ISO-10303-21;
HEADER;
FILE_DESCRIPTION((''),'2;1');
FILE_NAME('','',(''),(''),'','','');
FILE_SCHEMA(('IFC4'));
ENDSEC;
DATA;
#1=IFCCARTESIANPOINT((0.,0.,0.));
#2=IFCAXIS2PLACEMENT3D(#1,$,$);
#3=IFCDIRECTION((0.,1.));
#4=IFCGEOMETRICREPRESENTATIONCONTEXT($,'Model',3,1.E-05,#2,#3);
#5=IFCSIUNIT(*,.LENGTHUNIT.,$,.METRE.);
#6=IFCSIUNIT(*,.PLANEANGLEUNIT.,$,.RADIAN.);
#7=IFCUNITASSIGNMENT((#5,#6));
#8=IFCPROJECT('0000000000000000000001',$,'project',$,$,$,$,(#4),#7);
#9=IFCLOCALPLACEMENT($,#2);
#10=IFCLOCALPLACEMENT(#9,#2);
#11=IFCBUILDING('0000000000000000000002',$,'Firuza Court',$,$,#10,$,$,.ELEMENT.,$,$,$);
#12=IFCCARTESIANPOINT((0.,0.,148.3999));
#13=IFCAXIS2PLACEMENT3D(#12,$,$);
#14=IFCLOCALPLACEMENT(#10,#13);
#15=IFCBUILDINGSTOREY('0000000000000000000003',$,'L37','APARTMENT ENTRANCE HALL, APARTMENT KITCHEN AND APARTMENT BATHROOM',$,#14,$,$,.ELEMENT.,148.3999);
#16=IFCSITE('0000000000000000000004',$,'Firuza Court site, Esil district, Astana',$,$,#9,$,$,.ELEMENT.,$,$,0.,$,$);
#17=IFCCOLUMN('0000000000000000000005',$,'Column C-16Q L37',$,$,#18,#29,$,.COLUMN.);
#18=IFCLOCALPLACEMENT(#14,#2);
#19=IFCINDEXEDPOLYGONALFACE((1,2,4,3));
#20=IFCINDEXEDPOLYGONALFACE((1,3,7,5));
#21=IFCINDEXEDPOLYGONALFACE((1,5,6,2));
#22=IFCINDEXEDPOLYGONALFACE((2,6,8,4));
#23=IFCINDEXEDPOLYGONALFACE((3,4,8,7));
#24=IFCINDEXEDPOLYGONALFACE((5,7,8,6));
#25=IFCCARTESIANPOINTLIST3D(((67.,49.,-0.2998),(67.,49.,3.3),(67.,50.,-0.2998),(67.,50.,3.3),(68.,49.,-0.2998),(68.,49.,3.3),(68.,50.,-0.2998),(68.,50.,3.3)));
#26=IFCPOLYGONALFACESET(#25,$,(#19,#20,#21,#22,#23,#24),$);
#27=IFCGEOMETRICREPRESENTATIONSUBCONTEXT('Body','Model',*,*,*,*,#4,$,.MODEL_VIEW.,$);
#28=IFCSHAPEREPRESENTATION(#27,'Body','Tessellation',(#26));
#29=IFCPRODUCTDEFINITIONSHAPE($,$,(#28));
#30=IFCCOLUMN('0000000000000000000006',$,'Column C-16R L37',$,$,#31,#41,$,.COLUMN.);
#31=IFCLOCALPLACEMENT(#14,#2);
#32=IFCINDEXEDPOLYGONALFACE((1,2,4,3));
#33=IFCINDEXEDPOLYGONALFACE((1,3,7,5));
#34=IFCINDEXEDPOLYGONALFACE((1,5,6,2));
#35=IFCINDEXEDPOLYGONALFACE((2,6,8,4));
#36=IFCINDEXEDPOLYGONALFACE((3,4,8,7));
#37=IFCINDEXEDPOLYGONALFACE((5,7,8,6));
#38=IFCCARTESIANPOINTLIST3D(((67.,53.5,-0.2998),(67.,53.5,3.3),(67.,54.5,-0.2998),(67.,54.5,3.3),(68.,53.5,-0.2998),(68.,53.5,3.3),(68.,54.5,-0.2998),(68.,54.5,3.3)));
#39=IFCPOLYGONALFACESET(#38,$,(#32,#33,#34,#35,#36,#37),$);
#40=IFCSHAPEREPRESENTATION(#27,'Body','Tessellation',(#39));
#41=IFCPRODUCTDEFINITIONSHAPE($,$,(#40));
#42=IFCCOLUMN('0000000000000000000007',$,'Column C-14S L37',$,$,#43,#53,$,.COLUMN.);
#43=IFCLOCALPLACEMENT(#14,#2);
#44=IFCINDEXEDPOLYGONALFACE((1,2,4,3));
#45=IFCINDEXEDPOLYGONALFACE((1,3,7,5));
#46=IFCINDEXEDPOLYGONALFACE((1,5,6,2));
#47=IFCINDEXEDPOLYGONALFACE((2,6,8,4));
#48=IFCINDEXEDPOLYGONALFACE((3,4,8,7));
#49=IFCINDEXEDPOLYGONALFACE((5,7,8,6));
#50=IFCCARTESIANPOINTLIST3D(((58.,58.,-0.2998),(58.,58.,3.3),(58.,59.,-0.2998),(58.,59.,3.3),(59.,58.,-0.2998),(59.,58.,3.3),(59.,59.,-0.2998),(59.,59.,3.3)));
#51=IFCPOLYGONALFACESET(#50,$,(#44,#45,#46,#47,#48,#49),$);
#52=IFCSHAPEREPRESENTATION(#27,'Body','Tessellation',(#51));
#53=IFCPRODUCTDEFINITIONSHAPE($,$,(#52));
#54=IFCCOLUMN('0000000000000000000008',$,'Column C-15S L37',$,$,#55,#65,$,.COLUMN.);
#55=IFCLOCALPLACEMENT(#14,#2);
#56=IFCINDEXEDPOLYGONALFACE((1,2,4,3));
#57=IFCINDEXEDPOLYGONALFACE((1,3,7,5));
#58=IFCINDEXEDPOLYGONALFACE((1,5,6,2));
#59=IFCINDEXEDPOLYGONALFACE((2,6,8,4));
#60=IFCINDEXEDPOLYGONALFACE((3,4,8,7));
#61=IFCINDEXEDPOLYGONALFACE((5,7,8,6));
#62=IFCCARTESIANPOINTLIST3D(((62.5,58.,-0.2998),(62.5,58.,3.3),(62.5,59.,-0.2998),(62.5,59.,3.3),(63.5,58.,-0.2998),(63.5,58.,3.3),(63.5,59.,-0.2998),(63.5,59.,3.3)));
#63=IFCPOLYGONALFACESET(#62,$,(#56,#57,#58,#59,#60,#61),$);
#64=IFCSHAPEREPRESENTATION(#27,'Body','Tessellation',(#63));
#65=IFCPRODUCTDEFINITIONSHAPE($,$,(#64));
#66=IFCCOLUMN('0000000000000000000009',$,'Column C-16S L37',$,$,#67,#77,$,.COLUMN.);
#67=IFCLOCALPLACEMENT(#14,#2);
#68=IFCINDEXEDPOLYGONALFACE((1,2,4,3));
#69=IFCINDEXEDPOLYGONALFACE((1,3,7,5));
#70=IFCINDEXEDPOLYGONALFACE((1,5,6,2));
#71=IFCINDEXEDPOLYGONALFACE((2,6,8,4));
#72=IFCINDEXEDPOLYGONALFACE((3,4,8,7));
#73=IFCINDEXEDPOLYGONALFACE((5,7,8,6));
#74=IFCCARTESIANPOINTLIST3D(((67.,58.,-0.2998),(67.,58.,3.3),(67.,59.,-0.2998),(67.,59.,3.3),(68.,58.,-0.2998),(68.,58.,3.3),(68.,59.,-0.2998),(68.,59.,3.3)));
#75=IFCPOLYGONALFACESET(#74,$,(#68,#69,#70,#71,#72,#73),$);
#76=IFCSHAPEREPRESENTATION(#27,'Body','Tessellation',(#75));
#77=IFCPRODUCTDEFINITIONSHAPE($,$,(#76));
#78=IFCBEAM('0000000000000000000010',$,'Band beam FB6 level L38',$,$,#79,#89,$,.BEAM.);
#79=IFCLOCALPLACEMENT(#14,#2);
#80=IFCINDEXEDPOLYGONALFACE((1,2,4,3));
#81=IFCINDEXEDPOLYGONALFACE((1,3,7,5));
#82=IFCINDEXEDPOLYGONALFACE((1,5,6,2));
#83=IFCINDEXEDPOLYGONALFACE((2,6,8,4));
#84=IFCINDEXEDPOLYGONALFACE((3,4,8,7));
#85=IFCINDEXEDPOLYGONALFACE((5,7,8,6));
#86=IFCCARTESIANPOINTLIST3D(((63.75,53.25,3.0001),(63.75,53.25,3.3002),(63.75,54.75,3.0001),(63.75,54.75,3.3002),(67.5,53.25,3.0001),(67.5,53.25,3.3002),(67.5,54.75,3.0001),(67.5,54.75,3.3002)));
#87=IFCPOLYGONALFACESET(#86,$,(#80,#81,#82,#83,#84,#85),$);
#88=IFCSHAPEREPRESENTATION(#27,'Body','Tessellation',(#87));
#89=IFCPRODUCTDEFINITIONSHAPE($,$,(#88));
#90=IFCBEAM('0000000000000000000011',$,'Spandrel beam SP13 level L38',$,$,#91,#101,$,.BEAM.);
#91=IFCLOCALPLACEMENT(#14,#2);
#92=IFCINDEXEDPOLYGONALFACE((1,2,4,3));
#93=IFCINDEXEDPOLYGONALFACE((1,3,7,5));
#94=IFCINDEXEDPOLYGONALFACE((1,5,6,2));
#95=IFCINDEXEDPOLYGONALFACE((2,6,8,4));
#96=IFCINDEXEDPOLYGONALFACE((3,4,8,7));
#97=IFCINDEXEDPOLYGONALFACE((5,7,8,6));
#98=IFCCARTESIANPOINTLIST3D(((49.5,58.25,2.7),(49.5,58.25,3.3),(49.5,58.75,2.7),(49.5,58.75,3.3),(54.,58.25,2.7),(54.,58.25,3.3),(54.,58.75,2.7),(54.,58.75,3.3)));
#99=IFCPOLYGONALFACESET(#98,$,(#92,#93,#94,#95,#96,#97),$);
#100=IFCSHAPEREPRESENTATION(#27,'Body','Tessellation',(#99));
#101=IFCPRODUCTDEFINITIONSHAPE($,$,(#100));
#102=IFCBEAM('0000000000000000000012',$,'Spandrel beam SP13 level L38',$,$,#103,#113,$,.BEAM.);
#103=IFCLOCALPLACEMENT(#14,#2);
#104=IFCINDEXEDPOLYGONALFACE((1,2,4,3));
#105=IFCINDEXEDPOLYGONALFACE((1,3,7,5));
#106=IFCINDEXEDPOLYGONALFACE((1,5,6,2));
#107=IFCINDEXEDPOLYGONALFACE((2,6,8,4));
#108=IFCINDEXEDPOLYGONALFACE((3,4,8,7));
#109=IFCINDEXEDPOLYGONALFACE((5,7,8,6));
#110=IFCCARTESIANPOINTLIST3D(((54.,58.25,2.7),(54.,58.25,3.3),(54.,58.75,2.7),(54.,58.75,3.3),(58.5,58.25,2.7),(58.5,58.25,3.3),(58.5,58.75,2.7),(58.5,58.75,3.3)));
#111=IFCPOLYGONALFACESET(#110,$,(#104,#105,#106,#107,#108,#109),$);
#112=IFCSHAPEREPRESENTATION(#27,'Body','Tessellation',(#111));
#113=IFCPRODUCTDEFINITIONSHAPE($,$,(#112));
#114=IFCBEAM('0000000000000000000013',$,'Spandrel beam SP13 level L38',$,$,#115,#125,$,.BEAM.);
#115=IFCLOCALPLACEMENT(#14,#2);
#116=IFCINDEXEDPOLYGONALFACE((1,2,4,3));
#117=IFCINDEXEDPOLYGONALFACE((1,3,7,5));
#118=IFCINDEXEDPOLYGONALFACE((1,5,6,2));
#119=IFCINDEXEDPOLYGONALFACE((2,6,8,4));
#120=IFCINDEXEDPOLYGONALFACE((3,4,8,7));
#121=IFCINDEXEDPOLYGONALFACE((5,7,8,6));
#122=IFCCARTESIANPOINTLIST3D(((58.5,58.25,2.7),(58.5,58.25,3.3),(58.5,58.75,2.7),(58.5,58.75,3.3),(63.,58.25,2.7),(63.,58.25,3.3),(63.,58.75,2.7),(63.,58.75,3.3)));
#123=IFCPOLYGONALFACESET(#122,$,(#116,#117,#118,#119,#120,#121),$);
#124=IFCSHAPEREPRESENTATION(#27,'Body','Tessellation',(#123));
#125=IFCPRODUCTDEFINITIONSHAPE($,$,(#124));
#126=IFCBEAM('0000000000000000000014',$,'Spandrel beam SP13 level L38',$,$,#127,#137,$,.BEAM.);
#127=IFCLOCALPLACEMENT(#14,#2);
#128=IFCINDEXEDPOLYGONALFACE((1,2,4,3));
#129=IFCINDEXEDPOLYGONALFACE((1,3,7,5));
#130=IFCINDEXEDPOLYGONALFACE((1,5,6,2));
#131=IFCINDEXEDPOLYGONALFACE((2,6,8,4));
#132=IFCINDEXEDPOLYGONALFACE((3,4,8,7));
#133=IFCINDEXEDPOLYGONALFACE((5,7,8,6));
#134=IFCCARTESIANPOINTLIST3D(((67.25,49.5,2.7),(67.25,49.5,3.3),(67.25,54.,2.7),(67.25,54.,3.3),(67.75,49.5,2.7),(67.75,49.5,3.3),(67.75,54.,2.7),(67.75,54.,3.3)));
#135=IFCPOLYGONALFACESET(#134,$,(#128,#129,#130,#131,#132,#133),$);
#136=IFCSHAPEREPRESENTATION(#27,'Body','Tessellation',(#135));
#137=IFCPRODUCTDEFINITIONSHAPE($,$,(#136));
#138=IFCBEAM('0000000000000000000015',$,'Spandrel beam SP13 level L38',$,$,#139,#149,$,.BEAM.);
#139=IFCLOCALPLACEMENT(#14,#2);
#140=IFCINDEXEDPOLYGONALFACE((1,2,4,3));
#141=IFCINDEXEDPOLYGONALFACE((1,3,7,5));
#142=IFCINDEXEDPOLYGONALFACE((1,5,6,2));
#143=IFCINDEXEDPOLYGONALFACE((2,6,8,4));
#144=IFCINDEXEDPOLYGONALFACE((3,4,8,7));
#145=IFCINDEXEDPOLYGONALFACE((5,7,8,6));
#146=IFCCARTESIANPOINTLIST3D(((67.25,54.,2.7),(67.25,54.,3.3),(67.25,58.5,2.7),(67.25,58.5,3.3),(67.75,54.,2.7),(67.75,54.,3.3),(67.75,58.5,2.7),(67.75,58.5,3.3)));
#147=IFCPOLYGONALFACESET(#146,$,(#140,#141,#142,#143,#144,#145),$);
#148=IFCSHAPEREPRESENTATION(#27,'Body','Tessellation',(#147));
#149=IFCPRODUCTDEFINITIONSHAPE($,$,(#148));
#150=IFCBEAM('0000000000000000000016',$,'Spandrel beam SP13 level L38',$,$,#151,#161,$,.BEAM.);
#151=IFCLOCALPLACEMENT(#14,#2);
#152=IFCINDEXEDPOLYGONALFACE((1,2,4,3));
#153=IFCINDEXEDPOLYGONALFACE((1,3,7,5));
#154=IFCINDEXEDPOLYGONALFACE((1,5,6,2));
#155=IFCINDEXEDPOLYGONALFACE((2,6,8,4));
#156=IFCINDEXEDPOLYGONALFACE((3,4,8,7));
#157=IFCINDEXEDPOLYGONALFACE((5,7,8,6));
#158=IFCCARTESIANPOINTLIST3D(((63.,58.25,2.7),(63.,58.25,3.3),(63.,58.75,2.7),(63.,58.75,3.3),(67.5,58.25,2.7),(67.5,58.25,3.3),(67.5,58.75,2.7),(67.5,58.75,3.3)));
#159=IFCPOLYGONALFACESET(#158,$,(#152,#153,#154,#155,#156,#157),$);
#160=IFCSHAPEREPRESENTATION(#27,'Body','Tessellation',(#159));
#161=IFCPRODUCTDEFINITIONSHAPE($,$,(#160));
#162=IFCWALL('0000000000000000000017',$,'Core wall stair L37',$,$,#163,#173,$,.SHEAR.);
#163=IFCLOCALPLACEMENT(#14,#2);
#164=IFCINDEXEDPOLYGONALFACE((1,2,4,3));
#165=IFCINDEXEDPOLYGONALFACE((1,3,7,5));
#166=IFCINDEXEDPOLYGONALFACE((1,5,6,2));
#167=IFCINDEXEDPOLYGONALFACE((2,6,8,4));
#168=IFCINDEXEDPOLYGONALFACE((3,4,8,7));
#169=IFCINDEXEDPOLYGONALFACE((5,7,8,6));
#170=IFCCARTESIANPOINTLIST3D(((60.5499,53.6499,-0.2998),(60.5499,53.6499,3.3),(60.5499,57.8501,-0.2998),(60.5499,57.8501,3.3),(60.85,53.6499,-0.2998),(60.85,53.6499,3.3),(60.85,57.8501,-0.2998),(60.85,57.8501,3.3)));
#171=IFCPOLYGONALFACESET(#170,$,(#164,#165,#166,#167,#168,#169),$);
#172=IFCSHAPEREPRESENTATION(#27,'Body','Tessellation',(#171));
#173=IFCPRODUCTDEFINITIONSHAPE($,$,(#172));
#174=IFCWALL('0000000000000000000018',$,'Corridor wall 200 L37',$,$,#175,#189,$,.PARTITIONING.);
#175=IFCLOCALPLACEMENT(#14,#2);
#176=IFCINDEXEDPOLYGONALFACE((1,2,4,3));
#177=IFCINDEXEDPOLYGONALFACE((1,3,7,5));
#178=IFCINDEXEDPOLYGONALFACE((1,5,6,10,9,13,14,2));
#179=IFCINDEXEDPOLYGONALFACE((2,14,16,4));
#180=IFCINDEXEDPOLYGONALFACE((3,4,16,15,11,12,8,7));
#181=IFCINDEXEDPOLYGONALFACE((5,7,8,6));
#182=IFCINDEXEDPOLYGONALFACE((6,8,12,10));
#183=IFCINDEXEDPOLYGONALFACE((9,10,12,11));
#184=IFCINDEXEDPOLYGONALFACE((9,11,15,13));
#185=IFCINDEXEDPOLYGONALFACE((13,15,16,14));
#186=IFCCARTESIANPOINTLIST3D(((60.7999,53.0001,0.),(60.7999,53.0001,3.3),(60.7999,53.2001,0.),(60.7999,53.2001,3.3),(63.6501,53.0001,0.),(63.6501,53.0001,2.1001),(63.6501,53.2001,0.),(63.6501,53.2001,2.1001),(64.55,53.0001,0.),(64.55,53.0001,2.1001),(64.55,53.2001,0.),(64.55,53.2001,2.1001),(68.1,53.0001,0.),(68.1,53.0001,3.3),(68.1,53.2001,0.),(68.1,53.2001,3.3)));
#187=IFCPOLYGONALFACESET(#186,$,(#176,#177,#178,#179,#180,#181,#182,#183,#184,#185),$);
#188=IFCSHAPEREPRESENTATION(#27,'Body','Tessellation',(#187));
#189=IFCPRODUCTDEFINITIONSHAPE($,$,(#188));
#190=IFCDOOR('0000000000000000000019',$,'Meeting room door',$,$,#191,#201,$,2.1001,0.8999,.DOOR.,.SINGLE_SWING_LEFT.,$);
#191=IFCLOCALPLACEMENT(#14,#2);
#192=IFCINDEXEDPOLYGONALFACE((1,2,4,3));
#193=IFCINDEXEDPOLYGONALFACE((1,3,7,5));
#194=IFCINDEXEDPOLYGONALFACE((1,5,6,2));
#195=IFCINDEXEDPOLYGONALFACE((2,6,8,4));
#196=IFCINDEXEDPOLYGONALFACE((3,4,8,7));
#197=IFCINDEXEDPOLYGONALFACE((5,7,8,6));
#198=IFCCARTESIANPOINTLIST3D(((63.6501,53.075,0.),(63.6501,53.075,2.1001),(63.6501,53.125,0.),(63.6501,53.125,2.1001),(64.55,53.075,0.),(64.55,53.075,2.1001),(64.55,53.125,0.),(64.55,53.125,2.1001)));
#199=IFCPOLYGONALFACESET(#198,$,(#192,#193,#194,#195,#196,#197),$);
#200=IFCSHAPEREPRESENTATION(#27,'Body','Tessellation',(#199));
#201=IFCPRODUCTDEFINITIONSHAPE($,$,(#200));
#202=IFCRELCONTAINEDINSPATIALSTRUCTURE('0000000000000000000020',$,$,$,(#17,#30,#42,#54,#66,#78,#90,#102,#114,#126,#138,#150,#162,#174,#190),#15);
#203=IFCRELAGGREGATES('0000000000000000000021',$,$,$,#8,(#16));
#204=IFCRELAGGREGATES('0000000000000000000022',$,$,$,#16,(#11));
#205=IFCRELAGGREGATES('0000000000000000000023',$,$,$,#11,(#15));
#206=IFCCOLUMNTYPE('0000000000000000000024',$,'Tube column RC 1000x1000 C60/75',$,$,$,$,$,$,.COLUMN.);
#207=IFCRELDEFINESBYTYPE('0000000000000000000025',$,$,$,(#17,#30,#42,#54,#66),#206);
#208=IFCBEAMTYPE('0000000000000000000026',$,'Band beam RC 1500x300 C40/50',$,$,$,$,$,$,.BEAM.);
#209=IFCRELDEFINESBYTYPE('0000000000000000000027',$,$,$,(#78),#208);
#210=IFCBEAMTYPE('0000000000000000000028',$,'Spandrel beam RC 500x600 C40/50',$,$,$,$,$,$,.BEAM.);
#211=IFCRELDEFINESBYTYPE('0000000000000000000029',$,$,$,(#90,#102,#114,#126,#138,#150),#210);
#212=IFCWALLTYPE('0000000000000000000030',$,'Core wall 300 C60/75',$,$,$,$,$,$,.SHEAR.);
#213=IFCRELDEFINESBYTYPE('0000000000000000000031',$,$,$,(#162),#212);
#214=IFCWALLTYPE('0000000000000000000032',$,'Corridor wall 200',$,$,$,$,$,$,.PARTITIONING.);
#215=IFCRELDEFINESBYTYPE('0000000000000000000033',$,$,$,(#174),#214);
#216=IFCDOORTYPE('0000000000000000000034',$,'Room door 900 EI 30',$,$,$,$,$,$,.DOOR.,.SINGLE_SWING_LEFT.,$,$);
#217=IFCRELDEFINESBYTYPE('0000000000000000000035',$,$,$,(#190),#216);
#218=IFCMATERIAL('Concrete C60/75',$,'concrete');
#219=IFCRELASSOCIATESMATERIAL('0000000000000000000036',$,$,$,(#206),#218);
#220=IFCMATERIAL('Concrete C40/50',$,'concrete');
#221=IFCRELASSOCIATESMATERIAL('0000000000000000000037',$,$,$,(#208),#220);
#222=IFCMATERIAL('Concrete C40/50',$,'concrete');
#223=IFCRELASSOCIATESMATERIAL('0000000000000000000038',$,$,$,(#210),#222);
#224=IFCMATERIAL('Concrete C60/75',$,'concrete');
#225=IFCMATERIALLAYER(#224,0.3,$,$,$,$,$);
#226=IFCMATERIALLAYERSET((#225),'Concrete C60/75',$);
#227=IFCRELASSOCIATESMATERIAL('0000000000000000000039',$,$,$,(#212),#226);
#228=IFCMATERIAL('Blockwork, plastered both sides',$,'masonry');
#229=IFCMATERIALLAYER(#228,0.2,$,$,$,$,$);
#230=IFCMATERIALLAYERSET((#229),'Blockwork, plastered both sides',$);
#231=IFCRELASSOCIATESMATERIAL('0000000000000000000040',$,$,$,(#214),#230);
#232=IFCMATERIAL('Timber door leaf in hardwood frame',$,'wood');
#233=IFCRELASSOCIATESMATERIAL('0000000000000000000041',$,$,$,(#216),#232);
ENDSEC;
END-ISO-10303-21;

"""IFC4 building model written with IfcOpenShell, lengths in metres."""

from ifc_helpers import new_model, si_unit, direction, frame, frame_2d, origin, origin_2d, place, context, subcontext, project, spatial, rectangle, extrude, material, layer, layer_set, material_profile, profile_set, type_object, element, fill, save


model = new_model("IFC4")

# Units and contexts
model_context = context("Model", 3, precision=1e-05, world=origin(), true_north=direction((0.0, 1.0)))
body_context = subcontext(model_context, "Body", "Model", "MODEL_VIEW")
ifc_project = project(units=[si_unit("LENGTHUNIT", "METRE"), si_unit("PLANEANGLEUNIT", "RADIAN")], contexts=[model_context])

# Site, building, storey
site_placement = place(None, origin())
site = spatial("IfcSite", under=ifc_project, at=site_placement, Name="Firuza Court site, Esil district, Astana", CompositionType="ELEMENT", RefElevation=0.0)
building_placement = place(site_placement, origin())
building = spatial("IfcBuilding", under=site, at=building_placement, Name="Firuza Court", CompositionType="ELEMENT")
storey_placement = place(building_placement, frame((0.0, 0.0, 148.3999)))
storey = spatial("IfcBuildingStorey", under=building, at=storey_placement, Name="L37", Description="APARTMENT ENTRANCE HALL, APARTMENT KITCHEN AND APARTMENT BATHROOM", CompositionType="ELEMENT", Elevation=148.3999)

# Columns
ifc_material_1 = material(Name="Concrete C60/75", Category="concrete")
ifc_material_profile_1 = material_profile(ifc_material_1, rectangle(XDim=1.0, YDim=1.0, at=origin_2d()), Name="RC 1000x1000")
ifc_profile_set_1 = profile_set([ifc_material_profile_1], Name="Concrete C60/75")
column_type = type_object("IfcColumnType", Name="Tube column RC 1000x1000 C60/75", PredefinedType="COLUMN", material=ifc_profile_set_1)
for number, where, z_axis, x_axis, name in (
    (1, (67.5, 49.5, -0.2998), (0.0, 0.0, 1.0), (1.0, 0.0, 0.0), "Column C-16Q L37"),
    (2, (67.5, 54.0, -0.2998), (0.0, 0.0, 1.0), (1.0, 0.0, 0.0), "Column C-16R L37"),
    (3, (58.5, 58.5, -0.2998), (0.0, 0.0, 1.0), (1.0, 0.0, 0.0), "Column C-14S L37"),
    (4, (63.0, 58.5, -0.2998), (0.0, 0.0, 1.0), (1.0, 0.0, 0.0), "Column C-15S L37"),
    (5, (67.5, 58.5, -0.2998), (0.0, 0.0, 1.0), (1.0, 0.0, 0.0), "Column C-16S L37"),
):
    element("IfcColumn", number, at=place(storey_placement, frame(where, z_axis=z_axis, x_axis=x_axis)), inside=storey, type_object=column_type, Name=name, PredefinedType="COLUMN", context=body_context, shape_type="SweptSolid", body=[
        extrude(rectangle(XDim=1.0, YDim=1.0, at=origin_2d()), origin(), (0.0, 0.0, 1.0), 3.5999),
    ])

# Beams
ifc_material_2 = material(Name="Concrete C40/50", Category="concrete")
ifc_material_profile_2 = material_profile(ifc_material_2, rectangle(XDim=1.5, YDim=0.3, at=origin_2d()), Name="RC 1500x300")
ifc_profile_set_2 = profile_set([ifc_material_profile_2], Name="Concrete C40/50")
beam_type_1 = type_object("IfcBeamType", Name="Band beam RC 1500x300 C40/50", PredefinedType="BEAM", material=ifc_profile_set_2)
beam_placement = place(storey_placement, frame((67.5, 54.0, 3.1501), z_axis=(-1.0, 0.0, 0.0), x_axis=(0.0, -1.0, 0.0)))
element("IfcBeam", 6, at=beam_placement, inside=storey, type_object=beam_type_1, Name="Band beam FB6 level L38", PredefinedType="BEAM", context=body_context, shape_type="SweptSolid", body=[
    extrude(rectangle(XDim=1.5, YDim=0.3, at=origin_2d()), origin(), (0.0, 0.0, 1.0), 3.75),
])
ifc_material_3 = material(Name="Concrete C40/50", Category="concrete")
ifc_material_profile_3 = material_profile(ifc_material_3, rectangle(XDim=0.5, YDim=0.6001, at=origin_2d()), Name="RC 500x600")
ifc_profile_set_3 = profile_set([ifc_material_profile_3], Name="Concrete C40/50")
beam_type_2 = type_object("IfcBeamType", Name="Spandrel beam RC 500x600 C40/50", PredefinedType="BEAM", material=ifc_profile_set_3)
for number, where, z_axis, x_axis, name in (
    (7, (54.0, 58.5, 3.0), (-1.0, 0.0, 0.0), (0.0, -1.0, 0.0), "Spandrel beam SP13 level L38"),
    (8, (58.5, 58.5, 3.0), (-1.0, 0.0, 0.0), (0.0, -1.0, 0.0), "Spandrel beam SP13 level L38"),
    (9, (63.0, 58.5, 3.0), (-1.0, 0.0, 0.0), (0.0, -1.0, 0.0), "Spandrel beam SP13 level L38"),
    (10, (67.5, 49.5, 3.0), (0.0, 1.0, 0.0), (-1.0, 0.0, 0.0), "Spandrel beam SP13 level L38"),
    (11, (67.5, 54.0, 3.0), (0.0, 1.0, 0.0), (-1.0, 0.0, 0.0), "Spandrel beam SP13 level L38"),
    (12, (67.5, 58.5, 3.0), (-1.0, 0.0, 0.0), (0.0, -1.0, 0.0), "Spandrel beam SP13 level L38"),
):
    element("IfcBeam", number, at=place(storey_placement, frame(where, z_axis=z_axis, x_axis=x_axis)), inside=storey, type_object=beam_type_2, Name=name, PredefinedType="BEAM", context=body_context, shape_type="SweptSolid", body=[
        extrude(rectangle(XDim=0.5, YDim=0.6001, at=origin_2d()), origin(), (0.0, 0.0, 1.0), 4.5),
    ])

# Wall
ifc_material_4 = material(Name="Concrete C60/75", Category="concrete")
ifc_layer_1 = layer(ifc_material_4, 0.3)
ifc_layer_set_1 = layer_set([ifc_layer_1], Name="Concrete C60/75")
wall_type_1 = type_object("IfcWallType", Name="Core wall 300 C60/75", PredefinedType="SHEAR", material=ifc_layer_set_1)
wall_1_placement = place(storey_placement, frame((60.7, 53.6499, -0.2998), z_axis=(0.0, 0.0, 1.0), x_axis=(0.0, 1.0, 0.0)))
element("IfcWall", 13, at=wall_1_placement, inside=storey, type_object=wall_type_1, Name="Core wall stair L37", PredefinedType="SHEAR", context=body_context, shape_type="SweptSolid", body=[
    extrude(rectangle(XDim=4.2002, YDim=0.3, at=frame_2d((2.1001, 0.0))), origin(), (0.0, 0.0, 1.0), 3.5999),
])

# Wall, opening, door
ifc_material_5 = material(Name="Blockwork, plastered both sides", Category="masonry")
ifc_layer_2 = layer(ifc_material_5, 0.2)
ifc_layer_set_2 = layer_set([ifc_layer_2], Name="Blockwork, plastered both sides")
wall_type_2 = type_object("IfcWallType", Name="Corridor wall 200", PredefinedType="PARTITIONING", material=ifc_layer_set_2)
wall_2_placement = place(storey_placement, frame((60.8, 53.1001, 0.0), z_axis=(0.0, 0.0, 1.0), x_axis=(1.0, 0.0, 0.0)))
wall_2 = element("IfcWall", 14, at=wall_2_placement, inside=storey, type_object=wall_type_2, Name="Corridor wall 200 L37", PredefinedType="PARTITIONING", context=body_context, shape_type="SweptSolid", body=[
    extrude(rectangle(XDim=7.3, YDim=0.2, at=frame_2d((3.6499, 0.0))), origin(), (0.0, 0.0, 1.0), 3.3),
])
opening_1_placement = place(wall_2_placement, frame((2.8501, 0.0, 0.0)))
opening_1 = element("IfcOpeningElement", 15, at=opening_1_placement, cuts=wall_2, PredefinedType="OPENING", context=body_context, shape_type="SweptSolid", body=[
    extrude(rectangle(XDim=0.8999, YDim=2.1001, at=frame_2d((0.45, 1.05))), frame((0.0, 0.1118, 0.0), z_axis=(0.0, -1.0, 0.0), x_axis=(1.0, 0.0, 0.0)), (0.0, 0.0, 1.0), 0.2239),
])
ifc_material_6 = material(Name="Timber door leaf in hardwood frame", Category="wood")
door_type_1 = type_object("IfcDoorType", Name="Room door 900 EI 30", OperationType="SINGLE_SWING_LEFT", PredefinedType="DOOR", material=ifc_material_6)
door_1_placement = place(opening_1_placement, origin())
door_1 = element("IfcDoor", 16, at=door_1_placement, inside=storey, type_object=door_type_1, Name="Meeting room door", OperationType="SINGLE_SWING_LEFT", OverallHeight=2.1001, OverallWidth=0.8999, PredefinedType="DOOR", context=body_context, shape_type="SweptSolid", body=[
    extrude(rectangle(XDim=0.8999, YDim=2.1001, at=frame_2d((0.45, 1.05))), frame((0.0, 0.0249, 0.0), z_axis=(0.0, -1.0, 0.0), x_axis=(1.0, 0.0, 0.0)), (0.0, 0.0, 1.0), 0.05),
])
fill(opening_1, door_1)

save(model, "model.ifc")
